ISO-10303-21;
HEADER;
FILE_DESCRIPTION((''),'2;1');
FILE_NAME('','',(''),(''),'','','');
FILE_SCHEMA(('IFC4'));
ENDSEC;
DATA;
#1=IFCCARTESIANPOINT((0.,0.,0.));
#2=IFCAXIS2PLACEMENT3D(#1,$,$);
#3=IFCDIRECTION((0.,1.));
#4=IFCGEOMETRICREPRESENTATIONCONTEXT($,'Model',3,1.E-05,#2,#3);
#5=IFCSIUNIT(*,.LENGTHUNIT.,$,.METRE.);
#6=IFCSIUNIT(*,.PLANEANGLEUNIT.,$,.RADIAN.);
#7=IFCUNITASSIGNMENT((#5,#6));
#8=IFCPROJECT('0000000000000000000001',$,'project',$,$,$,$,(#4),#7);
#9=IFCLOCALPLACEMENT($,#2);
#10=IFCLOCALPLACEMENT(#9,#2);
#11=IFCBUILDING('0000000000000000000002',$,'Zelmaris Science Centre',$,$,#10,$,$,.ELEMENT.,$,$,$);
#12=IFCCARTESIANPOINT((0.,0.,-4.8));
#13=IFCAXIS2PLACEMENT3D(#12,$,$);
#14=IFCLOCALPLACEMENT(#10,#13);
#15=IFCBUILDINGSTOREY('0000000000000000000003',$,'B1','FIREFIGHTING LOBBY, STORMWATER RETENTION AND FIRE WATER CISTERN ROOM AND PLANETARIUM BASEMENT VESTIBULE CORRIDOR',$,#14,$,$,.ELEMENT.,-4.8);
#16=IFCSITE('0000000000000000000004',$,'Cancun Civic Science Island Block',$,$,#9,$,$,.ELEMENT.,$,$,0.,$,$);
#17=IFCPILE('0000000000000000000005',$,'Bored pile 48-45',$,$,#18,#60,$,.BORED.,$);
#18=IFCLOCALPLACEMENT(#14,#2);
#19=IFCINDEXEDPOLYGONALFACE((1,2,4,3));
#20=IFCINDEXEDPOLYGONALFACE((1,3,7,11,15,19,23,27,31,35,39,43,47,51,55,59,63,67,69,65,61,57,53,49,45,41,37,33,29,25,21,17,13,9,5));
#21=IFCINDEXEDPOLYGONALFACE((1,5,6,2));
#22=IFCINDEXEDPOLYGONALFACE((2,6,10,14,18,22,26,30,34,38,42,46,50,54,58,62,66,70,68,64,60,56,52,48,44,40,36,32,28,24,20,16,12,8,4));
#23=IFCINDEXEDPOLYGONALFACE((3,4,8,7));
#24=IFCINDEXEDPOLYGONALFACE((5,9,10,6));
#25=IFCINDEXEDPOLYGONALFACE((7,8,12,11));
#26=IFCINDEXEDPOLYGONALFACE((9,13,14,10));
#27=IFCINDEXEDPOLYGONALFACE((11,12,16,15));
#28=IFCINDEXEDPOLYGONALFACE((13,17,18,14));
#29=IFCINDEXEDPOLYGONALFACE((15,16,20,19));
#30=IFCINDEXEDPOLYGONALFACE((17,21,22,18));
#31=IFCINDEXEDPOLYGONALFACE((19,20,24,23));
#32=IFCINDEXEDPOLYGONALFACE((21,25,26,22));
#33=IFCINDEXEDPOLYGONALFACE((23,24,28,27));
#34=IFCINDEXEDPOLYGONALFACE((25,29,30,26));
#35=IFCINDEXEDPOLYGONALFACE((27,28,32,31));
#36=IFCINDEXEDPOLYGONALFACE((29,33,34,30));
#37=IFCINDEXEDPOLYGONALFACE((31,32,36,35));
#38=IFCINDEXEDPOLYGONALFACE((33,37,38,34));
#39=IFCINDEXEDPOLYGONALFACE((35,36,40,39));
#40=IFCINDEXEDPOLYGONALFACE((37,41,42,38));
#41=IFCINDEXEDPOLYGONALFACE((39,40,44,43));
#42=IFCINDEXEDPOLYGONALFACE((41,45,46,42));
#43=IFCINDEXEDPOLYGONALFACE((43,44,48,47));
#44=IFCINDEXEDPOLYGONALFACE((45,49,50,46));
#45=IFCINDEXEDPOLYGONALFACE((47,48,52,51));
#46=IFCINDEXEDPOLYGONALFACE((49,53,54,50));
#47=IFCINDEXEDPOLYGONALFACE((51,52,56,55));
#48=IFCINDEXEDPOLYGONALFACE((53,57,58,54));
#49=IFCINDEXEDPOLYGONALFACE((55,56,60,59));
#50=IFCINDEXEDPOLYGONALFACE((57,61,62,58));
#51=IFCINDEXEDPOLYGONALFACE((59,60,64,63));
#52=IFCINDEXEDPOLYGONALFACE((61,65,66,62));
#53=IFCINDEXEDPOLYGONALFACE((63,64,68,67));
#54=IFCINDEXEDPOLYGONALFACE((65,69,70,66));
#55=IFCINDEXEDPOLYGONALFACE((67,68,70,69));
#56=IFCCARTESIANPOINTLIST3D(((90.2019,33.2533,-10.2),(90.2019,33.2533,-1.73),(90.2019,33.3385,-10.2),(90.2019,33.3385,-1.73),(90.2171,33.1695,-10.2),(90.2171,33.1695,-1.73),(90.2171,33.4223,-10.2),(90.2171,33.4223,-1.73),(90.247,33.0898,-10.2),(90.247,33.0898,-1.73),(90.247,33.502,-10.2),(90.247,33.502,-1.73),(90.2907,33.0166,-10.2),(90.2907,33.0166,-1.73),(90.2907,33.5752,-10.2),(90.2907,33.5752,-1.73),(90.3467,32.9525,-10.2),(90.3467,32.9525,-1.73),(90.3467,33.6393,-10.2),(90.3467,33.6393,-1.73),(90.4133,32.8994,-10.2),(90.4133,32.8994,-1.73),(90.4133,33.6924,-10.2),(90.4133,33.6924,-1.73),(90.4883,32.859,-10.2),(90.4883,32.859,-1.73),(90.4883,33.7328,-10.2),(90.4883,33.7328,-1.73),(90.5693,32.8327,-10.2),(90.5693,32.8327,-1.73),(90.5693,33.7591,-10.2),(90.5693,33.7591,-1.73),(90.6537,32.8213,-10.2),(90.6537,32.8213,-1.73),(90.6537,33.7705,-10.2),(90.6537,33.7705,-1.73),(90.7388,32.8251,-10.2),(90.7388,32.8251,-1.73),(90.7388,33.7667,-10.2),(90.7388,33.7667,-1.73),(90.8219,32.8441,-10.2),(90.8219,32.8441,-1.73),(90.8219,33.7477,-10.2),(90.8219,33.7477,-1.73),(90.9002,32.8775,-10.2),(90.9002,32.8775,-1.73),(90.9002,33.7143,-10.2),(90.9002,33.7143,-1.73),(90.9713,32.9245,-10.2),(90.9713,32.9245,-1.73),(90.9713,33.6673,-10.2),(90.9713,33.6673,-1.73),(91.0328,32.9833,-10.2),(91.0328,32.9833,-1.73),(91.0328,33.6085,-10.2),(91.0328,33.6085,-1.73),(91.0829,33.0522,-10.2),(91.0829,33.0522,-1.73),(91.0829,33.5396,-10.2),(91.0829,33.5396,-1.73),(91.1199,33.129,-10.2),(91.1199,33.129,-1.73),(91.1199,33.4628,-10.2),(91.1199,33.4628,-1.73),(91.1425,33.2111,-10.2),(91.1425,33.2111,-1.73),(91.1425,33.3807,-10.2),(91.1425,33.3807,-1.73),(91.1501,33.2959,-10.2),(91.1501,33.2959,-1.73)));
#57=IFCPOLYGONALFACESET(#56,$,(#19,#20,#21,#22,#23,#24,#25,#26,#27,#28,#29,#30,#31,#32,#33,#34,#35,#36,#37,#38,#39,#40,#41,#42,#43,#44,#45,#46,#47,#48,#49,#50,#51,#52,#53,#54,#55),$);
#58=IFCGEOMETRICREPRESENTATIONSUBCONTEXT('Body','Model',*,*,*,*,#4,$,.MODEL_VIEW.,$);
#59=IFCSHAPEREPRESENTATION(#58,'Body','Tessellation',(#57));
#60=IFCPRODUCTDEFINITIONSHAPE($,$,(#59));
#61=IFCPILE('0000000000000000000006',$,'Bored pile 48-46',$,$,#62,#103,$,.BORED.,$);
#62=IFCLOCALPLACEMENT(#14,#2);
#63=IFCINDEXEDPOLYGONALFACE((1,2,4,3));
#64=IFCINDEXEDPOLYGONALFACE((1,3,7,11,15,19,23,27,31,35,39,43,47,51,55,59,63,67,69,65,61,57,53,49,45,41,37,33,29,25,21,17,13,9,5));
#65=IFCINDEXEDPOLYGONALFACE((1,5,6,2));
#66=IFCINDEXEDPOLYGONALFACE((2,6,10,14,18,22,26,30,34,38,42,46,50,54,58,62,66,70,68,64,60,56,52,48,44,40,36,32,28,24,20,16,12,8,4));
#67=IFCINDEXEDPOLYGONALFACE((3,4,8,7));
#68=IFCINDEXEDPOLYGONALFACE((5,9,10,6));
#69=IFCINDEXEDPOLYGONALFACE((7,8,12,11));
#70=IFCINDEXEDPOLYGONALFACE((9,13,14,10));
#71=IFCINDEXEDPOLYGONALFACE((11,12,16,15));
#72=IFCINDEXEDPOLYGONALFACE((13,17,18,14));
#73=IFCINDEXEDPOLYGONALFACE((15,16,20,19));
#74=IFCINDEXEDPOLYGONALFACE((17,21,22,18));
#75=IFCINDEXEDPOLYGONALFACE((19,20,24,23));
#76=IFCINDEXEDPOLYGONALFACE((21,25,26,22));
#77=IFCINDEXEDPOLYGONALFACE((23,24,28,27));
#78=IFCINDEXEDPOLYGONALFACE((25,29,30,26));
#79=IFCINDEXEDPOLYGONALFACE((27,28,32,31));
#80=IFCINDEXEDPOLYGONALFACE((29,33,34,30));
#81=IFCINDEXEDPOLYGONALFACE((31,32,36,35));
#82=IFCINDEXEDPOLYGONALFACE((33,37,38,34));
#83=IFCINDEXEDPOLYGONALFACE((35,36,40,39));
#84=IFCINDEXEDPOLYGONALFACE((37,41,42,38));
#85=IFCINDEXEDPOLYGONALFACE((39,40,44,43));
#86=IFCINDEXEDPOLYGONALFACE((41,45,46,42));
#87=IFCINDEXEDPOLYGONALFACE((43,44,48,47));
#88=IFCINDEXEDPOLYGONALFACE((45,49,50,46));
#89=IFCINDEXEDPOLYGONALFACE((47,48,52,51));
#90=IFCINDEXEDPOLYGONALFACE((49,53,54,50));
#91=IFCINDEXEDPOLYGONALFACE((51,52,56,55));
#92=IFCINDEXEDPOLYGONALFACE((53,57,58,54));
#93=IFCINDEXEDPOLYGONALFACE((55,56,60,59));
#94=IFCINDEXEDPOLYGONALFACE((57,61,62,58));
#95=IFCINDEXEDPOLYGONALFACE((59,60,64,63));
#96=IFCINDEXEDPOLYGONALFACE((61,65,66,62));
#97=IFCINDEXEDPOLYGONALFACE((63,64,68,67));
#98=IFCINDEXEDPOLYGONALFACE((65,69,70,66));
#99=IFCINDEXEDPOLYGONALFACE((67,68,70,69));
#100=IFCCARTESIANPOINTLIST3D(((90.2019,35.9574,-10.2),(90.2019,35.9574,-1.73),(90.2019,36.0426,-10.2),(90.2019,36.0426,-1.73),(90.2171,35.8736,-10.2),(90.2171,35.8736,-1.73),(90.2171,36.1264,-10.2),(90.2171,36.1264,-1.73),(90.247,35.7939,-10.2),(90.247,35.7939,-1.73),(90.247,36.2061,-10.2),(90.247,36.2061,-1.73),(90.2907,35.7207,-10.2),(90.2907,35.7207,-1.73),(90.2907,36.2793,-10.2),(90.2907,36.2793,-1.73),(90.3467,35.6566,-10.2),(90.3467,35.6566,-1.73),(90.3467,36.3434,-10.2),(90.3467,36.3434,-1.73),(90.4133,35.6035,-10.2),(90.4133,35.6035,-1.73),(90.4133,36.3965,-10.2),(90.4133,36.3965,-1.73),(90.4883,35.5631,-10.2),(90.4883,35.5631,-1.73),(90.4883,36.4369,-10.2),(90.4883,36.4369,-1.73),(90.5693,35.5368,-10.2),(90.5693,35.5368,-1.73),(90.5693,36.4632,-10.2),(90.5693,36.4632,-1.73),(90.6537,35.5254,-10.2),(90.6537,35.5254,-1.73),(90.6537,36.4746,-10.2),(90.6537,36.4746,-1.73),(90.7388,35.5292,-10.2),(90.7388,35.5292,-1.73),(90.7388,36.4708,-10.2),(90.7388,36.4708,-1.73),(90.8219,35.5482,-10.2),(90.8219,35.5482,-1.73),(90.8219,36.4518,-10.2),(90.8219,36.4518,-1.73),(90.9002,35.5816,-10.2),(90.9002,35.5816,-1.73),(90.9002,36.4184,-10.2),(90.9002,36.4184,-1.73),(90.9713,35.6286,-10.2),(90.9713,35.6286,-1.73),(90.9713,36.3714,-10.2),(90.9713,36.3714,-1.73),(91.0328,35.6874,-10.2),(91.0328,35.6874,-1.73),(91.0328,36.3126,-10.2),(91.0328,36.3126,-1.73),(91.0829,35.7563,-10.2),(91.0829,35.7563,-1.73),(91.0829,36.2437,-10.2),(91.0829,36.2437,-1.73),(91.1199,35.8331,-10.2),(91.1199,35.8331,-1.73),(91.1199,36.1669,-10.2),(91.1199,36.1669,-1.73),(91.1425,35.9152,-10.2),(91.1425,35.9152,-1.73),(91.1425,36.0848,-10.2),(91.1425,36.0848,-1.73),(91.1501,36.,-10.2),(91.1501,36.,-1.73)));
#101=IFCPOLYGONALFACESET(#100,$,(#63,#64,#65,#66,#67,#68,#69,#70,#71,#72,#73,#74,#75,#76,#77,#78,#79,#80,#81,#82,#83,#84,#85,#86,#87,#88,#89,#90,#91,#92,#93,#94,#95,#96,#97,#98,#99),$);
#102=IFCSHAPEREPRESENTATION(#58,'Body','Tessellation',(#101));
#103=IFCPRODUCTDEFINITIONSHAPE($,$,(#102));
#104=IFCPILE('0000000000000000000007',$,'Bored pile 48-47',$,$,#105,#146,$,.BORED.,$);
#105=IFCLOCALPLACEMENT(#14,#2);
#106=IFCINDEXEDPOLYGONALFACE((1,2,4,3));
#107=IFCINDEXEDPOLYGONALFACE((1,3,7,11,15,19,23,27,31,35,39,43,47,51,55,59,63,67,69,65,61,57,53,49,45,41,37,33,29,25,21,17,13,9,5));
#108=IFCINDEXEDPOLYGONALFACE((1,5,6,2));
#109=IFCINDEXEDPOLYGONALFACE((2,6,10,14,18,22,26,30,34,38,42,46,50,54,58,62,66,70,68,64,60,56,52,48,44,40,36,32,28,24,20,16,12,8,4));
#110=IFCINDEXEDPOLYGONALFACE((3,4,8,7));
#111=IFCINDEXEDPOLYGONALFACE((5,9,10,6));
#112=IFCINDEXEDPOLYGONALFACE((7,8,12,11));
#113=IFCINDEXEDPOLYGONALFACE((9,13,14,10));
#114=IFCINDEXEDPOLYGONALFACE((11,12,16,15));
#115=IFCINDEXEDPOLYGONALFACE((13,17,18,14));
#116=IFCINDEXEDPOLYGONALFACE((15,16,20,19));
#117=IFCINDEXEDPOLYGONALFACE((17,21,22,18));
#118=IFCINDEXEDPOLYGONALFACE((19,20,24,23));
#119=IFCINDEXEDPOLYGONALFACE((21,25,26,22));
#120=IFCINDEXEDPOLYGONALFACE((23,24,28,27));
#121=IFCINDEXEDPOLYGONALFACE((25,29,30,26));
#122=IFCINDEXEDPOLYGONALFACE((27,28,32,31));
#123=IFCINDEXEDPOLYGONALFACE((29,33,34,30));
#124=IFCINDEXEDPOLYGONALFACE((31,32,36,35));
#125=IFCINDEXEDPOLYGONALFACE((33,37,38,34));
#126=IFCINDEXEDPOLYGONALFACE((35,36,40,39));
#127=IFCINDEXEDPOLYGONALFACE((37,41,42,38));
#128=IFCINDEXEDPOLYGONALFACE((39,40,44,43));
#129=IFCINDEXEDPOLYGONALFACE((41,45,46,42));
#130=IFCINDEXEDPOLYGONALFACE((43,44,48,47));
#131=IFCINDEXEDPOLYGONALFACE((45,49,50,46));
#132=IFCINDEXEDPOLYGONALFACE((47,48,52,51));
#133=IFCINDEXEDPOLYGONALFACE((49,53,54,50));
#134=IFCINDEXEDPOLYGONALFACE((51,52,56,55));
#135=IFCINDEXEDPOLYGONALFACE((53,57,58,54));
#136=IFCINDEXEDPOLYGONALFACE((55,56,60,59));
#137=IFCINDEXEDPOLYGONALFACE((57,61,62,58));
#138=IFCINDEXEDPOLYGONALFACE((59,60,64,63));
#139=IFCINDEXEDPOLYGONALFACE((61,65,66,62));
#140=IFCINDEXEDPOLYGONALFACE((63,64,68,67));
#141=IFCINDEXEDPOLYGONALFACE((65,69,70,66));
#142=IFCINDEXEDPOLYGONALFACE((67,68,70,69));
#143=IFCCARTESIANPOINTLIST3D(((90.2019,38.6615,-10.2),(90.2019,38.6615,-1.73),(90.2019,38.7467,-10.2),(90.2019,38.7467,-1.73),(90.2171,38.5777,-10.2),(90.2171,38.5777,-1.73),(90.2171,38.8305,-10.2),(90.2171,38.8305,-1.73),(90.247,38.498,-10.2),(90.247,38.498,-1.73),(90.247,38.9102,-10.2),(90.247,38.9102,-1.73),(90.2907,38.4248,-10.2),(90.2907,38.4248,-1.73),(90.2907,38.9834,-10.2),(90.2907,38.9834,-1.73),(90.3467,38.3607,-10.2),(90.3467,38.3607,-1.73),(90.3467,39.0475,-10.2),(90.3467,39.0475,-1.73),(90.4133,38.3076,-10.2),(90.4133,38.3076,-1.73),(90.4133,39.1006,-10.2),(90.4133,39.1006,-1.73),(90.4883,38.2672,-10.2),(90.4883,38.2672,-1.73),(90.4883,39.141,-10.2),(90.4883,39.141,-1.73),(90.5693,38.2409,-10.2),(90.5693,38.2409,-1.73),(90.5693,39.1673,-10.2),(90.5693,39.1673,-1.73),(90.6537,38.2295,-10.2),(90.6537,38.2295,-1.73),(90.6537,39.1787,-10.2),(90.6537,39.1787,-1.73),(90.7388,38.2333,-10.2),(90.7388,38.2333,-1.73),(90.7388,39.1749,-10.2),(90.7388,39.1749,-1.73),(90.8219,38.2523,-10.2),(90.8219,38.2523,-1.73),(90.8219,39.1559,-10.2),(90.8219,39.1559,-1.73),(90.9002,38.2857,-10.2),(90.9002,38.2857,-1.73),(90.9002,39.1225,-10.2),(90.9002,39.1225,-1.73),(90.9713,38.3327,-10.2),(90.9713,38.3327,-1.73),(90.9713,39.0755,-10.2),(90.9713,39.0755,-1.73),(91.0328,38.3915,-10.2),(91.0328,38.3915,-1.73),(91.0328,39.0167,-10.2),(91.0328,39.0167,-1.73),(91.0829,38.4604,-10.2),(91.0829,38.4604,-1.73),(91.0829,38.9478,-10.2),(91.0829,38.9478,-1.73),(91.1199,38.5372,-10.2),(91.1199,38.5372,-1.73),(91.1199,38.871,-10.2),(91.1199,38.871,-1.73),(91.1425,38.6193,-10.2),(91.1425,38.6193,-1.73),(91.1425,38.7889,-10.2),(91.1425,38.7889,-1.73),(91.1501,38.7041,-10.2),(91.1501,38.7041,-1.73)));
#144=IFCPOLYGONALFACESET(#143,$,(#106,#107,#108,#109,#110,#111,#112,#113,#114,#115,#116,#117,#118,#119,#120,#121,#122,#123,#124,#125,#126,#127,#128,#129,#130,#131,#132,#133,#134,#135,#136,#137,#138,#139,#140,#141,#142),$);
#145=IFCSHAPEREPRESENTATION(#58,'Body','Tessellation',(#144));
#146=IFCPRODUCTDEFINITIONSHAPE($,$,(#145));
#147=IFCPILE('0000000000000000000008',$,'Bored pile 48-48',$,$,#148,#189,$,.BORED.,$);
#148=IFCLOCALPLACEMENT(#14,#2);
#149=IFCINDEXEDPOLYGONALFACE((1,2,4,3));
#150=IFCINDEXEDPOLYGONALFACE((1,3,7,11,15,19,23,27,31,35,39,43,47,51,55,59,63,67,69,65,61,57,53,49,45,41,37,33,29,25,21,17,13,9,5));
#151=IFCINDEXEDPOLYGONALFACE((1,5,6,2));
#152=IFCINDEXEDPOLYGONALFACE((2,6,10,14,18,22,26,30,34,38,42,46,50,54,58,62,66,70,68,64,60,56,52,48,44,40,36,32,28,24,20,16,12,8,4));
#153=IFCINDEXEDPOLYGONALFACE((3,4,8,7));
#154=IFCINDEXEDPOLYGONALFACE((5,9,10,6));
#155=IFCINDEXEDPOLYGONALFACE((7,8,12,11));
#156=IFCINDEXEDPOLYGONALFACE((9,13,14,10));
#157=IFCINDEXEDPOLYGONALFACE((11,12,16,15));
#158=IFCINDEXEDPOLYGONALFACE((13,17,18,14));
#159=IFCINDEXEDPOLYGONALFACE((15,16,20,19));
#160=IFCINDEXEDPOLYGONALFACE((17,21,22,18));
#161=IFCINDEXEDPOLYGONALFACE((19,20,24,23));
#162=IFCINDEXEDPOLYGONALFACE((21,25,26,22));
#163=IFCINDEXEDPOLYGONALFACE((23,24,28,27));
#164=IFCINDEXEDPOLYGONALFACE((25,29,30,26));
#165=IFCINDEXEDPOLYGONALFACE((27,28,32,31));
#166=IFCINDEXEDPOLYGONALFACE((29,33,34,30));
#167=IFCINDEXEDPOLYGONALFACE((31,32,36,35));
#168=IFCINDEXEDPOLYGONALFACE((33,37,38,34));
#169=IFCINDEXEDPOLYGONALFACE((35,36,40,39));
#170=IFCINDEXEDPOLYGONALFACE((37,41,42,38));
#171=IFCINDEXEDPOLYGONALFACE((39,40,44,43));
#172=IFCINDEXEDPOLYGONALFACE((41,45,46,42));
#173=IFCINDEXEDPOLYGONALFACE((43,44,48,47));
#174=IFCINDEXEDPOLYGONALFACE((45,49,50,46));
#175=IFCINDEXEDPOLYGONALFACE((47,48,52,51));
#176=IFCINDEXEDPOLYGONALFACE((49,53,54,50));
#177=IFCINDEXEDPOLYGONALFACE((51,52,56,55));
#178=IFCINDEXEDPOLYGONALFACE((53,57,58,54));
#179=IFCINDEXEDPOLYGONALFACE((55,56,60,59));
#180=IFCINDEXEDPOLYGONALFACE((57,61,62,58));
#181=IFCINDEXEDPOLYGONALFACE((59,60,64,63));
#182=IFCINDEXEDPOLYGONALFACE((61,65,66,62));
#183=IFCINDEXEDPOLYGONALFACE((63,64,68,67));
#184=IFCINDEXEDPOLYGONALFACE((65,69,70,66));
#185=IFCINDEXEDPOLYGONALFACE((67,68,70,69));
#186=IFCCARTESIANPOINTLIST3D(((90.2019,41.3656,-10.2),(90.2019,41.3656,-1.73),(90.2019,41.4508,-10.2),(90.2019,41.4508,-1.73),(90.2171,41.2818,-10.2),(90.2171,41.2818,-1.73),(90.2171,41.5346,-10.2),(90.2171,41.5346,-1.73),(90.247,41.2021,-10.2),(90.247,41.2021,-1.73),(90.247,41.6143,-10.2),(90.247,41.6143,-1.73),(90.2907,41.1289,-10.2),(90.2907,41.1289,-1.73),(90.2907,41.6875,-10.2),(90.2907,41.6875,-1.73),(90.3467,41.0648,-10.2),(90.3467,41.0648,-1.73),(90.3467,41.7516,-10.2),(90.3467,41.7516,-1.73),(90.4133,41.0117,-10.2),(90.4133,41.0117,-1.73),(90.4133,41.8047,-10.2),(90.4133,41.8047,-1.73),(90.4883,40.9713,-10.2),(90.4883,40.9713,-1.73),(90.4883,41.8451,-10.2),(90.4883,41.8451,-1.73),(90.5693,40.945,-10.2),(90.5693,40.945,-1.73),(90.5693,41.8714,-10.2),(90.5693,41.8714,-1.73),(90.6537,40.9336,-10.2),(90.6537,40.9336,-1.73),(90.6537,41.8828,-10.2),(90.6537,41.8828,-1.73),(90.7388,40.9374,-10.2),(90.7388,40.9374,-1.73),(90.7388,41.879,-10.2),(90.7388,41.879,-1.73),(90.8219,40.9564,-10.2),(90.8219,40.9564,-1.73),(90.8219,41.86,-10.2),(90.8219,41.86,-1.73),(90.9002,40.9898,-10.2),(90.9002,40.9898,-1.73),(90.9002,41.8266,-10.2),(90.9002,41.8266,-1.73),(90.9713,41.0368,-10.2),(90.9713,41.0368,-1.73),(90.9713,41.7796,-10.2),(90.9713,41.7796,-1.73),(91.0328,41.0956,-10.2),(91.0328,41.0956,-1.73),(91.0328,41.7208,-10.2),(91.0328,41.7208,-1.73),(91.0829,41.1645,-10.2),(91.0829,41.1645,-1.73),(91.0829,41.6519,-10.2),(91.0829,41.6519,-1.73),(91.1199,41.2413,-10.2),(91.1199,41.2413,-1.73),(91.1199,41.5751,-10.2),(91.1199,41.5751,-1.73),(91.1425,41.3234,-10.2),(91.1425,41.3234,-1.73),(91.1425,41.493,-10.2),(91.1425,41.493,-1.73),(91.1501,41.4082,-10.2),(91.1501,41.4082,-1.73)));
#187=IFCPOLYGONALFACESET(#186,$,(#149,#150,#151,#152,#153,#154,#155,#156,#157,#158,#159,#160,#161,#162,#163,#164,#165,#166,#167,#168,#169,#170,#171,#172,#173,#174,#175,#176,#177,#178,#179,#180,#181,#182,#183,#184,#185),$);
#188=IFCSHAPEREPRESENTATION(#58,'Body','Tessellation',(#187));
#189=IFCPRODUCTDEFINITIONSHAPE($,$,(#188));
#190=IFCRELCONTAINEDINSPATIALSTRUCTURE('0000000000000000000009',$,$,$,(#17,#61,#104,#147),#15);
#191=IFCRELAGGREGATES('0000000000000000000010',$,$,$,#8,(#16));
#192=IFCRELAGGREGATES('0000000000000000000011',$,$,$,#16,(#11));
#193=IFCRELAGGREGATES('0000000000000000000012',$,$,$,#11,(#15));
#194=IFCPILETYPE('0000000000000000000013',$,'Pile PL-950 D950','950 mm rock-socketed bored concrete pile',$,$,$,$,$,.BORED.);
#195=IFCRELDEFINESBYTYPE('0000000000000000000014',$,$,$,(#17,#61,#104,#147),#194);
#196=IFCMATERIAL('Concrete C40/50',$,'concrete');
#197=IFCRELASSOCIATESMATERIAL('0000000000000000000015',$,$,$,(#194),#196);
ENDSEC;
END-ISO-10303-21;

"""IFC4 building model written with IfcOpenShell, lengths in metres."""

from ifc_helpers import new_model, si_unit, direction, frame, origin, origin_2d, place, context, subcontext, project, spatial, circle, extrude, material, material_profile, profile_set, type_object, element, save


model = new_model("IFC4")

# Units and contexts
model_context = context("Model", 3, precision=1e-05, world=origin(), true_north=direction((0.0, 1.0)))
body_context = subcontext(model_context, "Body", "Model", "MODEL_VIEW")
ifc_project = project(units=[si_unit("LENGTHUNIT", "METRE"), si_unit("PLANEANGLEUNIT", "RADIAN")], contexts=[model_context])

# Site, building, storey
site_placement = place(None, origin())
site = spatial("IfcSite", under=ifc_project, at=site_placement, Name="Cancun Civic Science Island Block", CompositionType="ELEMENT", RefElevation=0.0)
building_placement = place(site_placement, origin())
building = spatial("IfcBuilding", under=site, at=building_placement, Name="Zelmaris Science Centre", CompositionType="ELEMENT")
storey_placement = place(building_placement, frame((0.0, 0.0, -4.8)))
storey = spatial("IfcBuildingStorey", under=building, at=storey_placement, Name="B1", Description="FIREFIGHTING LOBBY, STORMWATER RETENTION AND FIRE WATER CISTERN ROOM AND PLANETARIUM BASEMENT VESTIBULE CORRIDOR", CompositionType="ELEMENT", Elevation=-4.8)

# Piles
ifc_material_1 = material(Name="Concrete C40/50", Category="concrete")
ifc_material_profile_1 = material_profile(ifc_material_1, circle(Radius=0.4751, at=origin_2d()), Name="PILE-950")
ifc_profile_set_1 = profile_set([ifc_material_profile_1], Name="Concrete C40/50")
pile_type = type_object("IfcPileType", Name="Pile PL-950 D950", Description="950 mm rock-socketed bored concrete pile", PredefinedType="BORED", material=ifc_profile_set_1)
for number, where, z_axis, x_axis, name in (
    (1, (90.675, 33.2959, -1.73), (0.0, 0.0, -1.0), (1.0, 0.0, 0.0), "Bored pile 48-45"),
    (2, (90.675, 36.0, -1.73), (0.0, 0.0, -1.0), (1.0, 0.0, 0.0), "Bored pile 48-46"),
    (3, (90.675, 38.7041, -1.73), (0.0, 0.0, -1.0), (1.0, 0.0, 0.0), "Bored pile 48-47"),
    (4, (90.675, 41.4082, -1.73), (0.0, 0.0, -1.0), (1.0, 0.0, 0.0), "Bored pile 48-48"),
):
    element("IfcPile", number, at=place(storey_placement, frame(where, z_axis=z_axis, x_axis=x_axis)), inside=storey, type_object=pile_type, Name=name, PredefinedType="BORED", context=body_context, shape_type="SweptSolid", body=[
        extrude(circle(Radius=0.4751, at=origin_2d()), origin(), (0.0, 0.0, 1.0), 8.47),
    ])

save(model, "model.ifc")
